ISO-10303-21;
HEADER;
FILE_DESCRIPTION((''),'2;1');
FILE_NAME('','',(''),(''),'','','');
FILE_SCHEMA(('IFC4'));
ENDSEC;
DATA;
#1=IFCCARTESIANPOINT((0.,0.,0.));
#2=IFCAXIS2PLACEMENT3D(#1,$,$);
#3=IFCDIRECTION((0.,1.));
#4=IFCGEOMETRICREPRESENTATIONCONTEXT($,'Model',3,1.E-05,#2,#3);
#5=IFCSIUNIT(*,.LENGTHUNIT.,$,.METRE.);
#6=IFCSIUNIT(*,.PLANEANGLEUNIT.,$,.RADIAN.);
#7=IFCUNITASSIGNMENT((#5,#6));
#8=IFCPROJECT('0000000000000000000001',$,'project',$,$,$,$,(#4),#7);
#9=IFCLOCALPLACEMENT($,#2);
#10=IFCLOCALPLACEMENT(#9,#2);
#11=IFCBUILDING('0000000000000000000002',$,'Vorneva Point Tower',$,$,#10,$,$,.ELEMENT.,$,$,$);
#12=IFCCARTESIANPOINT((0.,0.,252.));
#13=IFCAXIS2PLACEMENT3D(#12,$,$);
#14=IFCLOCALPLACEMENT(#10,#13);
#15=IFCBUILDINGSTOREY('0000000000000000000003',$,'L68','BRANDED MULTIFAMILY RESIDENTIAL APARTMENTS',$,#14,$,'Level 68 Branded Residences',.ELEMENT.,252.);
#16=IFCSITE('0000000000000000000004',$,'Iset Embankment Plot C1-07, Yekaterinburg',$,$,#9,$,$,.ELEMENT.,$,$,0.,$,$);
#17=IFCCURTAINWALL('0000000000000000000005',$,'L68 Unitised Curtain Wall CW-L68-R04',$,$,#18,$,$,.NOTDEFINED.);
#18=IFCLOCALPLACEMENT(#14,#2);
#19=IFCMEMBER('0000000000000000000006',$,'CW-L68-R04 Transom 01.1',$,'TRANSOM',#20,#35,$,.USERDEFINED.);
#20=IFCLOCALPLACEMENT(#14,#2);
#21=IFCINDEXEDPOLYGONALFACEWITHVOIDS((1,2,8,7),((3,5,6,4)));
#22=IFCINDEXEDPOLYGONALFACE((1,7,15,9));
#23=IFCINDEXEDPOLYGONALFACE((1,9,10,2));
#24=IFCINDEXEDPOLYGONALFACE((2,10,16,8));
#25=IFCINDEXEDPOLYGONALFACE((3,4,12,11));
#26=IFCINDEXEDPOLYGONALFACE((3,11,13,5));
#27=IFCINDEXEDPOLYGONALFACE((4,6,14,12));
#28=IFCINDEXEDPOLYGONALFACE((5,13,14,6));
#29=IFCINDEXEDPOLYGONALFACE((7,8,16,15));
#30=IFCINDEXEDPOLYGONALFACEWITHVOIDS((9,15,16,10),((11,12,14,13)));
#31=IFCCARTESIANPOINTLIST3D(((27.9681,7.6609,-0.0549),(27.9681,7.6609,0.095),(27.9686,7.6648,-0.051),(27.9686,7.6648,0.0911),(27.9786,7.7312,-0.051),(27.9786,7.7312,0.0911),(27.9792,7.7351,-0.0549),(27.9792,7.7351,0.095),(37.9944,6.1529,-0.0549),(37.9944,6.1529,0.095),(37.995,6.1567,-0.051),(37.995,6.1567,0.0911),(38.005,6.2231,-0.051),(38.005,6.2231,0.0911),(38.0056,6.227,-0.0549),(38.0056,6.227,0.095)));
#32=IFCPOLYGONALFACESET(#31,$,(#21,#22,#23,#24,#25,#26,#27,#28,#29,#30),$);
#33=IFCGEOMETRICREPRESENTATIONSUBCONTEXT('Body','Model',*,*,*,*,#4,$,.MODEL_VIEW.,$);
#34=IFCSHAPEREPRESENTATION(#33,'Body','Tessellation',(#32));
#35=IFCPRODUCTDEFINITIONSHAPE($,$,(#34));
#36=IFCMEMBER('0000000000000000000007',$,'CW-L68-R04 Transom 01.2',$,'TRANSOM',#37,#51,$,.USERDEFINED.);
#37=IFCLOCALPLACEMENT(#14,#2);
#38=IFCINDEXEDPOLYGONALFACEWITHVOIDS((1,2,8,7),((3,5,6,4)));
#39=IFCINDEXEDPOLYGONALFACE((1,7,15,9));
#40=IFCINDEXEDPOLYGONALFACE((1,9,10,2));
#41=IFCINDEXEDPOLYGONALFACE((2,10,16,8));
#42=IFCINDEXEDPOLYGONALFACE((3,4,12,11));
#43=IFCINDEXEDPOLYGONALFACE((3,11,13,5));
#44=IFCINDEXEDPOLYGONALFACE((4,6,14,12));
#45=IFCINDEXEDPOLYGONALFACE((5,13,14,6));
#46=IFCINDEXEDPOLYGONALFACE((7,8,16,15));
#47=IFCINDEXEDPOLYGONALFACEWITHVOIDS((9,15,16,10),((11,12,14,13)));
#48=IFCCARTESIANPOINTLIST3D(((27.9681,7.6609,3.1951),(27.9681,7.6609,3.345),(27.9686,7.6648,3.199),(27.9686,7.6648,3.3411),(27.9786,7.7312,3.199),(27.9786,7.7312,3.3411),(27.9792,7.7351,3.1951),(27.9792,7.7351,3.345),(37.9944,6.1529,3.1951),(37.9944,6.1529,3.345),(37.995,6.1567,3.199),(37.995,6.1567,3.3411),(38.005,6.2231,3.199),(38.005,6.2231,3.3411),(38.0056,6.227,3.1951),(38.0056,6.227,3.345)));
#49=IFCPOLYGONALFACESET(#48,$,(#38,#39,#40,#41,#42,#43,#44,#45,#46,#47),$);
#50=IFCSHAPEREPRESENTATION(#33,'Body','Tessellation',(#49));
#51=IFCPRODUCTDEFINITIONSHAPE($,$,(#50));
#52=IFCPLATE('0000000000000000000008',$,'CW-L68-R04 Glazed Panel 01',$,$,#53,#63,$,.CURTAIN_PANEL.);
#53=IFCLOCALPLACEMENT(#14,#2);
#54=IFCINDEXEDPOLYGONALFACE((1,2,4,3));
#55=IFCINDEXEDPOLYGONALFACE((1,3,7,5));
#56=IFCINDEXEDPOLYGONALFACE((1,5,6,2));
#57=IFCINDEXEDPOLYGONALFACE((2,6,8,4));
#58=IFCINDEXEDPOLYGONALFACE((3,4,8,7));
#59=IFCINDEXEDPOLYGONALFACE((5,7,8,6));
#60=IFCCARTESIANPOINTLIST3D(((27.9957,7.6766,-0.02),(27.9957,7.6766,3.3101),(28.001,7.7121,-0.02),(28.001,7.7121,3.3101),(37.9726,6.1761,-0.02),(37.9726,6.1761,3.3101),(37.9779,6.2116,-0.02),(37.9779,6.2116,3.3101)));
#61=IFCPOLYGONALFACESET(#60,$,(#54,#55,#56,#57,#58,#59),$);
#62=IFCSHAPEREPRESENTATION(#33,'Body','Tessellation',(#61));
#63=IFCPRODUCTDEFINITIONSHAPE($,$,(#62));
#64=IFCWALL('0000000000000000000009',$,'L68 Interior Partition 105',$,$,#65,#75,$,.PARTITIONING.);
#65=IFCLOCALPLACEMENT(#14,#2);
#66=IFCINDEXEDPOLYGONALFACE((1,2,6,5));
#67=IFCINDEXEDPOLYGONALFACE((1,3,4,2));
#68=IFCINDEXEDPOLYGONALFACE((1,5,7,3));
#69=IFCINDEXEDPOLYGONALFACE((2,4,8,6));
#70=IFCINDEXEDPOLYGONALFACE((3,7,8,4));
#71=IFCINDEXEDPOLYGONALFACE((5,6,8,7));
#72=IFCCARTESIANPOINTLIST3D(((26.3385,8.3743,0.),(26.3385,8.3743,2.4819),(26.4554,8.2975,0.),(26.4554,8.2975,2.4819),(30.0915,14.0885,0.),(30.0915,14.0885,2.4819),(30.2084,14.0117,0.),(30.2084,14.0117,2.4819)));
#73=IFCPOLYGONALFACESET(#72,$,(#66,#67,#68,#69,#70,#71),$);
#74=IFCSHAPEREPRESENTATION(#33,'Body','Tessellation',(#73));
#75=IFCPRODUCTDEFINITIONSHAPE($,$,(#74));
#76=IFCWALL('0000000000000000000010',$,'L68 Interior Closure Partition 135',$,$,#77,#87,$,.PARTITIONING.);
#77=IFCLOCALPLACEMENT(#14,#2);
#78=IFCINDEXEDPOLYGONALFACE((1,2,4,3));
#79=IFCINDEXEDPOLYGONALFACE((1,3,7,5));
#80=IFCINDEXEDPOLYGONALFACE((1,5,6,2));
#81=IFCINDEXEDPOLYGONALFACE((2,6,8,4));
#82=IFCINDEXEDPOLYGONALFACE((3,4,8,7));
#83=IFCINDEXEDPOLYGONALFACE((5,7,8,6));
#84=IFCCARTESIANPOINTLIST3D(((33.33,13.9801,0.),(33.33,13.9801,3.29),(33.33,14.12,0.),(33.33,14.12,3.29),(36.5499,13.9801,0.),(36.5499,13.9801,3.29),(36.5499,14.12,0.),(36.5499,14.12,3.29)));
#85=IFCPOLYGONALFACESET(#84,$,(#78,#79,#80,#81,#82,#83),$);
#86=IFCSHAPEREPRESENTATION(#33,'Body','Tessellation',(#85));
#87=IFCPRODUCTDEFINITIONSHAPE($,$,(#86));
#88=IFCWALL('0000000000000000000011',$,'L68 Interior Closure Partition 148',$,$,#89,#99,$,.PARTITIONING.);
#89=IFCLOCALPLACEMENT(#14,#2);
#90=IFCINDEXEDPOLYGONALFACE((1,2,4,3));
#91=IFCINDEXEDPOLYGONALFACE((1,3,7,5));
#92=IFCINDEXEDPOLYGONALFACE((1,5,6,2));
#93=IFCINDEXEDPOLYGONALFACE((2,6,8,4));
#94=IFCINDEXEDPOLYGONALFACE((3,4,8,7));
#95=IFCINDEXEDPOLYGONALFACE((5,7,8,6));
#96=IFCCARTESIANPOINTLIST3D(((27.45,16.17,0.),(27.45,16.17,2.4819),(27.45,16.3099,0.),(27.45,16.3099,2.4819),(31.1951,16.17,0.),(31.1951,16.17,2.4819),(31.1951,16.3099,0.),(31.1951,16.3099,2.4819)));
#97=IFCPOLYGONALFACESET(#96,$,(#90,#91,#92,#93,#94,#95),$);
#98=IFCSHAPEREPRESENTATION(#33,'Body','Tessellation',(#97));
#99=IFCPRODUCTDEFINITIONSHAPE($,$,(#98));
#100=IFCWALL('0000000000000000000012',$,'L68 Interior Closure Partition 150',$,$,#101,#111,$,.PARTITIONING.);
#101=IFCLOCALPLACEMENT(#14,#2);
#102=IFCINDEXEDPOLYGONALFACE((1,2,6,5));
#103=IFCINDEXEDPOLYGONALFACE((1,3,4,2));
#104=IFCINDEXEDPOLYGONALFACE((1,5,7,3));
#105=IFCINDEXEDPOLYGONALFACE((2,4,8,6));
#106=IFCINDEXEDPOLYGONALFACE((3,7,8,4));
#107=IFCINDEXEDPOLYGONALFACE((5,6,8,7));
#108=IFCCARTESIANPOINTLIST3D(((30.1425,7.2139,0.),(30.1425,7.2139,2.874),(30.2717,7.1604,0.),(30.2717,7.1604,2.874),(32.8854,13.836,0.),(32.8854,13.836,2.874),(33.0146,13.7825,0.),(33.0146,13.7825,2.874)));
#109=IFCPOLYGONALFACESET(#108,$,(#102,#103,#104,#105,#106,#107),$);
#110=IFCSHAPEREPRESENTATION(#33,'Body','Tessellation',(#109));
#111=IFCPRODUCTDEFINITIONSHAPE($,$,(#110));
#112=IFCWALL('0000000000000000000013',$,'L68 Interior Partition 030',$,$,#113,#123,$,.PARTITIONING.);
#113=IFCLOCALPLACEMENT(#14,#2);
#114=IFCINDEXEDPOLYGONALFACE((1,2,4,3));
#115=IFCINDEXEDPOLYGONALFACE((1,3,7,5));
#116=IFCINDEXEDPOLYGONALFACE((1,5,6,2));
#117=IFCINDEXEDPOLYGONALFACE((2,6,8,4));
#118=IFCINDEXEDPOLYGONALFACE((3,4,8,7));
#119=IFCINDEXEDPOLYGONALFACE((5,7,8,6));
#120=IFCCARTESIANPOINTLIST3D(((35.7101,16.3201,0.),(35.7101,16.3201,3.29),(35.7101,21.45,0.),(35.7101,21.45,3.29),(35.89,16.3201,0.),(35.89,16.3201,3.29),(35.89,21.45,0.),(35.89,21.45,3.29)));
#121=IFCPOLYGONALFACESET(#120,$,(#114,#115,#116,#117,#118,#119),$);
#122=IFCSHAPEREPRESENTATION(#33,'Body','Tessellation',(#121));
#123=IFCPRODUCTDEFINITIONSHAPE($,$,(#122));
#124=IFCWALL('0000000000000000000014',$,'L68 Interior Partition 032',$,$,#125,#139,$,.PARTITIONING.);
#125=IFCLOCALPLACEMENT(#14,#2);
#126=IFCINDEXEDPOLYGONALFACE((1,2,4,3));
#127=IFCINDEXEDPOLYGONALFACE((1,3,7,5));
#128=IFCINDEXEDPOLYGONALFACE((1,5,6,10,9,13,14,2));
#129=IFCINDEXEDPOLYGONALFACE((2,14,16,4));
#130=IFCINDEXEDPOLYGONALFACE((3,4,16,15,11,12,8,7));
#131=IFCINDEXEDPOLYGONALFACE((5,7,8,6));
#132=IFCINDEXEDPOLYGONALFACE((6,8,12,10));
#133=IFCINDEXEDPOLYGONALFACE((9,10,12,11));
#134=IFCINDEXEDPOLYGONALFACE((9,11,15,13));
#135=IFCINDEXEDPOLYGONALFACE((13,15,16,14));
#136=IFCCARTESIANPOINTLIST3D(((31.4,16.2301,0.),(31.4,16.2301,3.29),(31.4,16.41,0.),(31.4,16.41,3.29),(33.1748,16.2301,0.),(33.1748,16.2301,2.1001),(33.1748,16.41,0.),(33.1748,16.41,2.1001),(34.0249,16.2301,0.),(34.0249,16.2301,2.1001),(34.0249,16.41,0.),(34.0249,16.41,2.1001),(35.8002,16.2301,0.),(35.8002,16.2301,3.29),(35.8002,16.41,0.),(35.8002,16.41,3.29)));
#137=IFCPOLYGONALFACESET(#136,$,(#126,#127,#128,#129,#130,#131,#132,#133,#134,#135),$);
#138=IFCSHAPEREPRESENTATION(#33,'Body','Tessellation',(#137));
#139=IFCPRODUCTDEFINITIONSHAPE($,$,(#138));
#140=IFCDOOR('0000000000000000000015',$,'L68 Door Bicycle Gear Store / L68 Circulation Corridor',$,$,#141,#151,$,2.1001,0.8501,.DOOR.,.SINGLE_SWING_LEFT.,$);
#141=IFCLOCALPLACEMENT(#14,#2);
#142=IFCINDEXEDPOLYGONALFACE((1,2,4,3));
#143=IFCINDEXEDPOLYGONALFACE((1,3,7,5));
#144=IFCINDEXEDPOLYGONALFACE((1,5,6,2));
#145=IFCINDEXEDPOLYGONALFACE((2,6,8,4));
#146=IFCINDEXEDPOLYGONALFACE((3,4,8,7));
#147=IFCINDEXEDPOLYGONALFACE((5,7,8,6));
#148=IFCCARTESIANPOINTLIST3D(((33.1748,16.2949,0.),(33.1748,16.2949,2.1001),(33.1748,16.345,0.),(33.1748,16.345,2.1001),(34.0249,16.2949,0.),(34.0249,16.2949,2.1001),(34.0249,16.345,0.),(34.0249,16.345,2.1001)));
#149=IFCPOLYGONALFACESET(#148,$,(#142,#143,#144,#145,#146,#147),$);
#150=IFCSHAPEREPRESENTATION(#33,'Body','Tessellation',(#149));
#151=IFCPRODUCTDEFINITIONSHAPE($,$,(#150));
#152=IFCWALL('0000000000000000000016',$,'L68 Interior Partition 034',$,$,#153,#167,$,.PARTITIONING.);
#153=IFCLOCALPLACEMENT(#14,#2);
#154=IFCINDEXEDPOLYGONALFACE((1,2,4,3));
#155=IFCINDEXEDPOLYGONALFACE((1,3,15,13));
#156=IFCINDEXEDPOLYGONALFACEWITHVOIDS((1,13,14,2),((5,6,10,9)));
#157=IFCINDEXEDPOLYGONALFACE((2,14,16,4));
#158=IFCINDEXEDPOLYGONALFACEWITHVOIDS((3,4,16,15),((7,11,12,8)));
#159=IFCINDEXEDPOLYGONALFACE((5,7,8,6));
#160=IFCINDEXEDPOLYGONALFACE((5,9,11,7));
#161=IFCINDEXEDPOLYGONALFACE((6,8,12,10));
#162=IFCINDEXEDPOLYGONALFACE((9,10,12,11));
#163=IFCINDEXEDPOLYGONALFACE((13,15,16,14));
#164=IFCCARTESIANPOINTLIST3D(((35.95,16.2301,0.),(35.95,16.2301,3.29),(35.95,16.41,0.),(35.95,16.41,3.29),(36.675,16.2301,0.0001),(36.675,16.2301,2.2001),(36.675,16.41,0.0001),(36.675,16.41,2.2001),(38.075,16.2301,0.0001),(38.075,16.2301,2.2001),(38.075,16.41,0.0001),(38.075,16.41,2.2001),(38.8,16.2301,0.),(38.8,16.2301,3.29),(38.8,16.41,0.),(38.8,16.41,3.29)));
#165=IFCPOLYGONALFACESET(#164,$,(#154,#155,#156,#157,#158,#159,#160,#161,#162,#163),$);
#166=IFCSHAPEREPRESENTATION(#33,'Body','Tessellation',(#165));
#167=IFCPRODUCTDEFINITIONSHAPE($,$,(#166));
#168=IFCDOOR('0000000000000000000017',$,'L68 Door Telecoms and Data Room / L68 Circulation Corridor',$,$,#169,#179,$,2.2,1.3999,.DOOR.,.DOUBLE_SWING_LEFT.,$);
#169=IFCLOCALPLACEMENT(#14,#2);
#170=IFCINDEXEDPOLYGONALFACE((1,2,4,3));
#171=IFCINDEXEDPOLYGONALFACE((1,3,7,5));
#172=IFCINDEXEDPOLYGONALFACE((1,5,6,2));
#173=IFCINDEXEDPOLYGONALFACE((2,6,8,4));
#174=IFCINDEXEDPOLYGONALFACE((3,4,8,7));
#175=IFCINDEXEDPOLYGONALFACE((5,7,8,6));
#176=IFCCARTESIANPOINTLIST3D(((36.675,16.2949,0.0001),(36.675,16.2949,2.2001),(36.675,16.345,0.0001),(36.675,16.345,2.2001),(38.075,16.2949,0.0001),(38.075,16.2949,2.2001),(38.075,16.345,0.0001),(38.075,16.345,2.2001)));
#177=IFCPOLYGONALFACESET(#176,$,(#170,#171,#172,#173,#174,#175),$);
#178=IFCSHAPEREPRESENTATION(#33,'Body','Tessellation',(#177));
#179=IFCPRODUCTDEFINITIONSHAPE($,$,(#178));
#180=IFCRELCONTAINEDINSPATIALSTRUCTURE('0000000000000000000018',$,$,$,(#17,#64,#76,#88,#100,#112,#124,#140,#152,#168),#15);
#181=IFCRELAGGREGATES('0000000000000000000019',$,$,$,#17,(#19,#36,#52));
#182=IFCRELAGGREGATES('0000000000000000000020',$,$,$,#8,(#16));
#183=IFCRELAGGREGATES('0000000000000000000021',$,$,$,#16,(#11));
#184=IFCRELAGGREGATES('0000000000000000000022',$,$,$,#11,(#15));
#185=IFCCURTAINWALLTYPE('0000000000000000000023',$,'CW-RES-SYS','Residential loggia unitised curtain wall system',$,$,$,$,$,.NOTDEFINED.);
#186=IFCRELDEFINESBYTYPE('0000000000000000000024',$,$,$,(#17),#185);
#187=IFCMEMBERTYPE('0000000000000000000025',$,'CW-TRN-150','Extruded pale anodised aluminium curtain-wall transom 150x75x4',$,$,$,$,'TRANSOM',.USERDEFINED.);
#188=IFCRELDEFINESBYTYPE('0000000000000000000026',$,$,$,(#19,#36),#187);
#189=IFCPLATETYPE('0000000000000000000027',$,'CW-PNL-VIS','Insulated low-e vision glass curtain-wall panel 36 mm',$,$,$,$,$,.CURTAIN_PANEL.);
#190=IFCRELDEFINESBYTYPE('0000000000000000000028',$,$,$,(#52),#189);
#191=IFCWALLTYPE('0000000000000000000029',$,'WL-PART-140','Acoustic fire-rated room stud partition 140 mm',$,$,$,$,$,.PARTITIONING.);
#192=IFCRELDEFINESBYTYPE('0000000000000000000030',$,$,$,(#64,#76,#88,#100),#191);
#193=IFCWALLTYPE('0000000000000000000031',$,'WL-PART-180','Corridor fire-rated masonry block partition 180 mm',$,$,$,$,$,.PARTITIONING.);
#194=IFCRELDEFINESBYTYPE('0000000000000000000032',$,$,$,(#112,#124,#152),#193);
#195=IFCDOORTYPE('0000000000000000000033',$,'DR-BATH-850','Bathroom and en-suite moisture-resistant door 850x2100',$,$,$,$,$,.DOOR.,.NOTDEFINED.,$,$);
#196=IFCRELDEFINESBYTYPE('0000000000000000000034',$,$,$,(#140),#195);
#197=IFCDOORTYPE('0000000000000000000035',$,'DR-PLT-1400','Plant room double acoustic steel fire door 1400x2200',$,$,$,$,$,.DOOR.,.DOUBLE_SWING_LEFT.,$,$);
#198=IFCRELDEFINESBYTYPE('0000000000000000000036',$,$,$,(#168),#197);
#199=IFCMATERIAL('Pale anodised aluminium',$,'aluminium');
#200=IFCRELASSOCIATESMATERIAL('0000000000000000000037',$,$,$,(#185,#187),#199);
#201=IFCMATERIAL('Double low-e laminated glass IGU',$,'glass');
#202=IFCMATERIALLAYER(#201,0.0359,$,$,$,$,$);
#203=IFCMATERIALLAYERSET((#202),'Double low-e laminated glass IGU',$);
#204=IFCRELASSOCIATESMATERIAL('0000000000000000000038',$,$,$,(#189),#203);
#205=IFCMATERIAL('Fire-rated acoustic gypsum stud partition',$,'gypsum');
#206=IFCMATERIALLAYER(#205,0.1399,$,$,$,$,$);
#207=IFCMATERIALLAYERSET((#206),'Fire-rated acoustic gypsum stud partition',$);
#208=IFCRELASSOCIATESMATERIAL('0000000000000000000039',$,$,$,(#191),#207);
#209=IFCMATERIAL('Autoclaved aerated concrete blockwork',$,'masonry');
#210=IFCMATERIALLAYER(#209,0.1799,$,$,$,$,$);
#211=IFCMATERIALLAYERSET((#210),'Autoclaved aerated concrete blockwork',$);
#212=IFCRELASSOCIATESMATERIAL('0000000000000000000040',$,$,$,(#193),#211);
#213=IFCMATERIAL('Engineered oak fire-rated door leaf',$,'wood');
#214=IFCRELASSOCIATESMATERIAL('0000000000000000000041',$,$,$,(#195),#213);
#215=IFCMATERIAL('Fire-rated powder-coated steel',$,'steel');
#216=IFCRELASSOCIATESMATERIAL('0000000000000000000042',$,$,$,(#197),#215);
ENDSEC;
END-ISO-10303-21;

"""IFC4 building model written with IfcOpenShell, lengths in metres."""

from ifc_helpers import new_model, si_unit, direction, frame, frame_2d, origin, origin_2d, place, context, subcontext, project, spatial, rectangle, hollow_rectangle, extrude, material, layer, layer_set, material_profile, profile_set, type_object, element, fill, aggregate, save


model = new_model("IFC4")

# Units and contexts
model_context = context("Model", 3, precision=1e-05, world=origin(), true_north=direction((0.0, 1.0)))
body_context = subcontext(model_context, "Body", "Model", "MODEL_VIEW")
ifc_project = project(units=[si_unit("LENGTHUNIT", "METRE"), si_unit("PLANEANGLEUNIT", "RADIAN")], contexts=[model_context])

# Site, building, storey
site_placement = place(None, origin())
site = spatial("IfcSite", under=ifc_project, at=site_placement, Name="Iset Embankment Plot C1-07, Yekaterinburg", CompositionType="ELEMENT", RefElevation=0.0)
building_placement = place(site_placement, origin())
building = spatial("IfcBuilding", under=site, at=building_placement, Name="Vorneva Point Tower", CompositionType="ELEMENT")
storey_placement = place(building_placement, frame((0.0, 0.0, 252.0)))
storey = spatial("IfcBuildingStorey", under=building, at=storey_placement, Name="L68", Description="BRANDED MULTIFAMILY RESIDENTIAL APARTMENTS", LongName="Level 68 Branded Residences", CompositionType="ELEMENT", Elevation=252.0)

# Curtain wall, members, plate
ifc_material_1 = material(Name="Pale anodised aluminium", Category="aluminium")
curtain_wall_type = type_object("IfcCurtainWallType", Name="CW-RES-SYS", Description="Residential loggia unitised curtain wall system", PredefinedType="NOTDEFINED", material=ifc_material_1)
curtain_wall_placement = place(storey_placement, origin())
curtain_wall = element("IfcCurtainWall", 1, at=curtain_wall_placement, inside=storey, type_object=curtain_wall_type, Name="L68 Unitised Curtain Wall CW-L68-R04", PredefinedType="NOTDEFINED")
ifc_material_profile_1 = material_profile(ifc_material_1, hollow_rectangle(XDim=0.075, YDim=0.1499, WallThickness=0.0039, at=origin_2d()), Name="AL-TRN 150x75x4")
ifc_profile_set_1 = profile_set([ifc_material_profile_1], Name="Pale anodised aluminium")
member_type_1 = type_object("IfcMemberType", Name="CW-TRN-150", Description="Extruded pale anodised aluminium curtain-wall transom 150x75x4", ElementType="TRANSOM", PredefinedType="USERDEFINED", material=ifc_profile_set_1)
member_1_placement = place(storey_placement, frame((27.9736, 7.698, 0.02), z_axis=(0.988877, -0.148736, 0.0), x_axis=(0.148736, 0.988877, 0.0)))
member_1 = element("IfcMember", 2, at=member_1_placement, type_object=member_type_1, Name="CW-L68-R04 Transom 01.1", ObjectType="TRANSOM", PredefinedType="USERDEFINED", context=body_context, shape_type="SweptSolid", body=[
    extrude(hollow_rectangle(XDim=0.075, YDim=0.1499, WallThickness=0.0039, at=origin_2d()), origin(), (0.0, 0.0, 1.0), 10.1392),
])
member_2_placement = place(storey_placement, frame((27.9736, 7.698, 3.27), z_axis=(0.988877, -0.148736, 0.0), x_axis=(0.148736, 0.988877, 0.0)))
member_2 = element("IfcMember", 3, at=member_2_placement, type_object=member_type_1, Name="CW-L68-R04 Transom 01.2", ObjectType="TRANSOM", PredefinedType="USERDEFINED", context=body_context, shape_type="SweptSolid", body=[
    extrude(hollow_rectangle(XDim=0.075, YDim=0.1499, WallThickness=0.0039, at=origin_2d()), origin(), (0.0, 0.0, 1.0), 10.1392),
])
ifc_material_2 = material(Name="Double low-e laminated glass IGU", Category="glass")
ifc_layer_1 = layer(ifc_material_2, 0.0359)
ifc_layer_set_1 = layer_set([ifc_layer_1], Name="Double low-e laminated glass IGU")
plate_type = type_object("IfcPlateType", Name="CW-PNL-VIS", Description="Insulated low-e vision glass curtain-wall panel 36 mm", PredefinedType="CURTAIN_PANEL", material=ifc_layer_set_1)
plate_placement = place(storey_placement, frame((32.9868, 6.9441, -0.02), z_axis=(0.0, 0.0, 1.0), x_axis=(0.988879, -0.148724, 0.0)))
plate = element("IfcPlate", 4, at=plate_placement, type_object=plate_type, Name="CW-L68-R04 Glazed Panel 01", PredefinedType="CURTAIN_PANEL", context=body_context, shape_type="SweptSolid", body=[
    extrude(rectangle(XDim=10.0891, YDim=0.0359, at=origin_2d()), origin(), (0.0, 0.0, 1.0), 3.3301),
])
aggregate(curtain_wall, [member_1, member_2, plate])

# Walls
ifc_material_3 = material(Name="Fire-rated acoustic gypsum stud partition", Category="gypsum")
ifc_layer_2 = layer(ifc_material_3, 0.1399)
ifc_layer_set_2 = layer_set([ifc_layer_2], Name="Fire-rated acoustic gypsum stud partition")
wall_type_1 = type_object("IfcWallType", Name="WL-PART-140", Description="Acoustic fire-rated room stud partition 140 mm", PredefinedType="PARTITIONING", material=ifc_layer_set_2)
wall_1_placement = place(storey_placement, frame((26.397, 8.3359, 0.0), z_axis=(0.0, 0.0, 1.0), x_axis=(0.548968, 0.835844, 0.0)))
element("IfcWall", 5, at=wall_1_placement, inside=storey, type_object=wall_type_1, Name="L68 Interior Partition 105", PredefinedType="PARTITIONING", context=body_context, shape_type="SweptSolid", body=[
    extrude(rectangle(XDim=6.8364, YDim=0.1399, at=frame_2d((3.4182, 0.0))), origin(), (0.0, 0.0, 1.0), 2.4819),
])
wall_2_placement = place(storey_placement, frame((33.3301, 14.05, 0.0), z_axis=(0.0, 0.0, 1.0), x_axis=(1.0, 0.0, 0.0)))
element("IfcWall", 6, at=wall_2_placement, inside=storey, type_object=wall_type_1, Name="L68 Interior Closure Partition 135", PredefinedType="PARTITIONING", context=body_context, shape_type="SweptSolid", body=[
    extrude(rectangle(XDim=3.22, YDim=0.1399, at=frame_2d((1.6099, 0.0))), origin(), (0.0, 0.0, 1.0), 3.29),
])
wall_3_placement = place(storey_placement, frame((27.45, 16.24, 0.0), z_axis=(0.0, 0.0, 1.0), x_axis=(1.0, 0.0, 0.0)))
element("IfcWall", 7, at=wall_3_placement, inside=storey, type_object=wall_type_1, Name="L68 Interior Closure Partition 148", PredefinedType="PARTITIONING", context=body_context, shape_type="SweptSolid", body=[
    extrude(rectangle(XDim=3.7451, YDim=0.1399, at=frame_2d((1.8726, 0.0))), origin(), (0.0, 0.0, 1.0), 2.4819),
])
wall_4_placement = place(storey_placement, frame((30.207, 7.187, 0.0), z_axis=(0.0, 0.0, 1.0), x_axis=(0.38268, 0.923881, 0.0)))
element("IfcWall", 8, at=wall_4_placement, inside=storey, type_object=wall_type_1, Name="L68 Interior Closure Partition 150", PredefinedType="PARTITIONING", context=body_context, shape_type="SweptSolid", body=[
    extrude(rectangle(XDim=7.1677, YDim=0.1399, at=frame_2d((3.584, 0.0))), origin(), (0.0, 0.0, 1.0), 2.874),
])
ifc_material_4 = material(Name="Autoclaved aerated concrete blockwork", Category="masonry")
ifc_layer_3 = layer(ifc_material_4, 0.1799)
ifc_layer_set_3 = layer_set([ifc_layer_3], Name="Autoclaved aerated concrete blockwork")
wall_type_2 = type_object("IfcWallType", Name="WL-PART-180", Description="Corridor fire-rated masonry block partition 180 mm", PredefinedType="PARTITIONING", material=ifc_layer_set_3)
wall_5_placement = place(storey_placement, frame((35.8, 16.3201, 0.0), z_axis=(0.0, 0.0, 1.0), x_axis=(0.0, 1.0, 0.0)))
element("IfcWall", 9, at=wall_5_placement, inside=storey, type_object=wall_type_2, Name="L68 Interior Partition 030", PredefinedType="PARTITIONING", context=body_context, shape_type="SweptSolid", body=[
    extrude(rectangle(XDim=5.1299, YDim=0.1799, at=frame_2d((2.5649, 0.0))), origin(), (0.0, 0.0, 1.0), 3.29),
])

# Walls, openings, doors
wall_6_placement = place(storey_placement, frame((31.3999, 16.3201, 0.0), z_axis=(0.0, 0.0, 1.0), x_axis=(1.0, 0.0, 0.0)))
wall_6 = element("IfcWall", 10, at=wall_6_placement, inside=storey, type_object=wall_type_2, Name="L68 Interior Partition 032", PredefinedType="PARTITIONING", context=body_context, shape_type="SweptSolid", body=[
    extrude(rectangle(XDim=4.4001, YDim=0.1799, at=frame_2d((2.2002, 0.0))), origin(), (0.0, 0.0, 1.0), 3.29),
])
opening_1_placement = place(wall_6_placement, frame((1.7749, 0.0, 0.0)))
opening_1 = element("IfcOpeningElement", 11, at=opening_1_placement, cuts=wall_6, PredefinedType="OPENING", context=body_context, shape_type="SweptSolid", body=[
    extrude(rectangle(XDim=0.8501, YDim=2.1001, at=frame_2d((0.425, 1.05))), frame((0.0, 0.105, 0.0), z_axis=(0.0, -1.0, 0.0), x_axis=(1.0, 0.0, 0.0)), (0.0, 0.0, 1.0), 0.2097),
])
ifc_material_5 = material(Name="Engineered oak fire-rated door leaf", Category="wood")
door_type_1 = type_object("IfcDoorType", Name="DR-BATH-850", Description="Bathroom and en-suite moisture-resistant door 850x2100", OperationType="NOTDEFINED", PredefinedType="DOOR", material=ifc_material_5)
door_1_placement = place(opening_1_placement, origin())
door_1 = element("IfcDoor", 12, at=door_1_placement, inside=storey, type_object=door_type_1, Name="L68 Door Bicycle Gear Store / L68 Circulation Corridor", OperationType="SINGLE_SWING_LEFT", OverallHeight=2.1001, OverallWidth=0.8501, PredefinedType="DOOR", context=body_context, shape_type="SweptSolid", body=[
    extrude(rectangle(XDim=0.8501, YDim=2.1001, at=frame_2d((0.425, 1.05))), frame((0.0, 0.0249, 0.0), z_axis=(0.0, -1.0, 0.0), x_axis=(1.0, 0.0, 0.0)), (0.0, 0.0, 1.0), 0.05),
])
fill(opening_1, door_1)
wall_7_placement = place(storey_placement, frame((35.95, 16.3201, 0.0), z_axis=(0.0, 0.0, 1.0), x_axis=(1.0, 0.0, 0.0)))
wall_7 = element("IfcWall", 13, at=wall_7_placement, inside=storey, type_object=wall_type_2, Name="L68 Interior Partition 034", PredefinedType="PARTITIONING", context=body_context, shape_type="SweptSolid", body=[
    extrude(rectangle(XDim=2.8501, YDim=0.1799, at=frame_2d((1.425, 0.0))), origin(), (0.0, 0.0, 1.0), 3.29),
])
opening_2_placement = place(wall_7_placement, frame((0.7251, 0.0, 0.0)))
opening_2 = element("IfcOpeningElement", 14, at=opening_2_placement, cuts=wall_7, PredefinedType="OPENING", context=body_context, shape_type="SweptSolid", body=[
    extrude(rectangle(XDim=1.3999, YDim=2.2, at=frame_2d((0.7, 1.1001))), frame((0.0, 0.105, 0.0), z_axis=(0.0, -1.0, 0.0), x_axis=(1.0, 0.0, 0.0)), (0.0, 0.0, 1.0), 0.2097),
])
ifc_material_6 = material(Name="Fire-rated powder-coated steel", Category="steel")
door_type_2 = type_object("IfcDoorType", Name="DR-PLT-1400", Description="Plant room double acoustic steel fire door 1400x2200", OperationType="DOUBLE_SWING_LEFT", PredefinedType="DOOR", material=ifc_material_6)
door_2_placement = place(opening_2_placement, origin())
door_2 = element("IfcDoor", 15, at=door_2_placement, inside=storey, type_object=door_type_2, Name="L68 Door Telecoms and Data Room / L68 Circulation Corridor", OperationType="DOUBLE_SWING_LEFT", OverallHeight=2.2, OverallWidth=1.3999, PredefinedType="DOOR", context=body_context, shape_type="SweptSolid", body=[
    extrude(rectangle(XDim=1.3999, YDim=2.2, at=frame_2d((0.7, 1.1001))), frame((0.0, 0.0249, 0.0), z_axis=(0.0, -1.0, 0.0), x_axis=(1.0, 0.0, 0.0)), (0.0, 0.0, 1.0), 0.05),
])
fill(opening_2, door_2)

save(model, "model.ifc")
